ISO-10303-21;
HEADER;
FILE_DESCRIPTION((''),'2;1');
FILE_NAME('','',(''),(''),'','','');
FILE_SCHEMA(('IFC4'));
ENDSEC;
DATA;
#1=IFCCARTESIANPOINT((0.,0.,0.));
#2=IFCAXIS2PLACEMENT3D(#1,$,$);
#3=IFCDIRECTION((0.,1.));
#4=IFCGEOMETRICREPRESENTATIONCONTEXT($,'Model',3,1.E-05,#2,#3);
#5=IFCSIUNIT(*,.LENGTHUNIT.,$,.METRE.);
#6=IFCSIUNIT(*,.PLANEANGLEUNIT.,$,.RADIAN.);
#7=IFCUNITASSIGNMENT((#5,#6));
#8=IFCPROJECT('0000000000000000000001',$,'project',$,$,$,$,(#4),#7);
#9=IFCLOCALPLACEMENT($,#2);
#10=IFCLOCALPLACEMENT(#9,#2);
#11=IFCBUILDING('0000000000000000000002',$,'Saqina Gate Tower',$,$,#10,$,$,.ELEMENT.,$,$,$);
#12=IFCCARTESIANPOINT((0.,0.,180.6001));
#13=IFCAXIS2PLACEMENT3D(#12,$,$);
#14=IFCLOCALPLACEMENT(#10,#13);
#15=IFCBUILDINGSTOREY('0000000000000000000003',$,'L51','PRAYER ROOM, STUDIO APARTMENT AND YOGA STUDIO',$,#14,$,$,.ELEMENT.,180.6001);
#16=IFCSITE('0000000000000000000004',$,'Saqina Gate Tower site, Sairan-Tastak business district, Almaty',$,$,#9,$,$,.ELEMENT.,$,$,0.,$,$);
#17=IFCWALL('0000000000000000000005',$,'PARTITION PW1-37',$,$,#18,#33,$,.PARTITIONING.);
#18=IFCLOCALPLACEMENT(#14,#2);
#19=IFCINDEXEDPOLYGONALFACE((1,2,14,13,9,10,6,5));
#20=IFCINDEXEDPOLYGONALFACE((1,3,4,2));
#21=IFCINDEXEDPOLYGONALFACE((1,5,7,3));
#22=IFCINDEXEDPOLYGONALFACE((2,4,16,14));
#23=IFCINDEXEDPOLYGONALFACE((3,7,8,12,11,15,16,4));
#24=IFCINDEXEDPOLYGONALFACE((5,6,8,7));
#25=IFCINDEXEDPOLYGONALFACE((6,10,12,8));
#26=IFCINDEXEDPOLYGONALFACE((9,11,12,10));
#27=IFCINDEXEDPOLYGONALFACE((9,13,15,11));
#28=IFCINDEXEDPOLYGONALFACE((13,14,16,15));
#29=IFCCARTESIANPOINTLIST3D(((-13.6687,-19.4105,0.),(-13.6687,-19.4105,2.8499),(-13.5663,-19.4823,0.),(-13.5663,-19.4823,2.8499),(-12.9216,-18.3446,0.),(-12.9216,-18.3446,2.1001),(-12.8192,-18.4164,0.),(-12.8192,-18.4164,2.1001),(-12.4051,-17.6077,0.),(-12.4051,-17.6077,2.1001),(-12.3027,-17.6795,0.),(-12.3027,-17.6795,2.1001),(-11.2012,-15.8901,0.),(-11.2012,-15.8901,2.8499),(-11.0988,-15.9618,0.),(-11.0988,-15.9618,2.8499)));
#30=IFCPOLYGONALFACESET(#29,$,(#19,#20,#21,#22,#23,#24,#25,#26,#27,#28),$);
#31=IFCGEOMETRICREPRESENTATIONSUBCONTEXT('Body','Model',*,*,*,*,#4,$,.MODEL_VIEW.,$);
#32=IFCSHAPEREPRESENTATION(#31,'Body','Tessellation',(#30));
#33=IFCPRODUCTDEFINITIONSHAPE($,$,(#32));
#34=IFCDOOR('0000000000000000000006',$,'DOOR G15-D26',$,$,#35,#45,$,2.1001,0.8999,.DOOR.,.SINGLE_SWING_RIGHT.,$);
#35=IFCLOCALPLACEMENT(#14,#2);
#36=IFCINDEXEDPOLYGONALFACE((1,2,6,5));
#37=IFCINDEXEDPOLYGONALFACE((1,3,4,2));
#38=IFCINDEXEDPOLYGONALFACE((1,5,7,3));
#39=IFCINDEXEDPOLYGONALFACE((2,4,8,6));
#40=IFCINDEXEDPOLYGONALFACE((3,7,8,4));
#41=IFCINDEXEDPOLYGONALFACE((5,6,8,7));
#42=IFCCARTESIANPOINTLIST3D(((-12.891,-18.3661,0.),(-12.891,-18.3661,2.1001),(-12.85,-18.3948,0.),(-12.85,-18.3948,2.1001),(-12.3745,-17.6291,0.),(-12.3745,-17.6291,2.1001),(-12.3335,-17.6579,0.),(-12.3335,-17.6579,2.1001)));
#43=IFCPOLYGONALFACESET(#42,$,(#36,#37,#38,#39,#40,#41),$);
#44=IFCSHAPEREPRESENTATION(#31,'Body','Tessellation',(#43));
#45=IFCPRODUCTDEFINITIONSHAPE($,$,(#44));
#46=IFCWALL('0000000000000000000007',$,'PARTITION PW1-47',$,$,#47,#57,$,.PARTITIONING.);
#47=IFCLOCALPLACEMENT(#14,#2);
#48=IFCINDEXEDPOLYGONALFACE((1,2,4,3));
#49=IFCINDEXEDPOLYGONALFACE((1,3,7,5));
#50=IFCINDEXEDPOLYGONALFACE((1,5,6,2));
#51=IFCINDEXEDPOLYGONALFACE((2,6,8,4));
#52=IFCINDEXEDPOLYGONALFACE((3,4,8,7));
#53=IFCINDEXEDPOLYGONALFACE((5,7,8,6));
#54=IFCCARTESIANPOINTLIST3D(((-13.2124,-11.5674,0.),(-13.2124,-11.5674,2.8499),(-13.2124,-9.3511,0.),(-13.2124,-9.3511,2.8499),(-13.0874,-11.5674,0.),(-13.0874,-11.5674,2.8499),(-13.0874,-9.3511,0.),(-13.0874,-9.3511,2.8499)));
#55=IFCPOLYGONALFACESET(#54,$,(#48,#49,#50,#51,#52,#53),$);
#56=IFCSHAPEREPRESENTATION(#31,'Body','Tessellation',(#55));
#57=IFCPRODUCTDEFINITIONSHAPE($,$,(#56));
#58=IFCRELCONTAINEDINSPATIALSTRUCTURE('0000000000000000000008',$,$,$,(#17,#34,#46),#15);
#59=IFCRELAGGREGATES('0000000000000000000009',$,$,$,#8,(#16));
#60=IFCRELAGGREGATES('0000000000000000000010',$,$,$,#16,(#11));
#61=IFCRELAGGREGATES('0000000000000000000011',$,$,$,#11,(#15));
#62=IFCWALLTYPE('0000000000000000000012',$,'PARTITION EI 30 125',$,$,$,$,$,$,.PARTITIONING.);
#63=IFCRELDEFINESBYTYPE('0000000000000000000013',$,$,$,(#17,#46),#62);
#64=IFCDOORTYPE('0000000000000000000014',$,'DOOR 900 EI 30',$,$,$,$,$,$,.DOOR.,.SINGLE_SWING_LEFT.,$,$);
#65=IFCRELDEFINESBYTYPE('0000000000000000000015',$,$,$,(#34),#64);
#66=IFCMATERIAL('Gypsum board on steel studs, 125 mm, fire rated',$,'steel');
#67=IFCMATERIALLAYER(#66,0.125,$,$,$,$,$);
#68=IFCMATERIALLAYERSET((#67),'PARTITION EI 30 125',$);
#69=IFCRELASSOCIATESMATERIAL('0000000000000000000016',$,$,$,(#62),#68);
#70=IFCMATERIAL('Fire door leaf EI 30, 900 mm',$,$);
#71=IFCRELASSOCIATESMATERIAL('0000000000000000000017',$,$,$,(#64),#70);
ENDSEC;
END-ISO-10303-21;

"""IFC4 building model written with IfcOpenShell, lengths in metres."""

from ifc_helpers import new_model, si_unit, direction, frame, frame_2d, origin, place, context, subcontext, project, spatial, rectangle, extrude, material, layer, layer_set, type_object, element, fill, save


model = new_model("IFC4")

# Units and contexts
model_context = context("Model", 3, precision=1e-05, world=origin(), true_north=direction((0.0, 1.0)))
body_context = subcontext(model_context, "Body", "Model", "MODEL_VIEW")
ifc_project = project(units=[si_unit("LENGTHUNIT", "METRE"), si_unit("PLANEANGLEUNIT", "RADIAN")], contexts=[model_context])

# Site, building, storey
site_placement = place(None, origin())
site = spatial("IfcSite", under=ifc_project, at=site_placement, Name="Saqina Gate Tower site, Sairan-Tastak business district, Almaty", CompositionType="ELEMENT", RefElevation=0.0)
building_placement = place(site_placement, origin())
building = spatial("IfcBuilding", under=site, at=building_placement, Name="Saqina Gate Tower", CompositionType="ELEMENT")
storey_placement = place(building_placement, frame((0.0, 0.0, 180.6001)))
storey = spatial("IfcBuildingStorey", under=building, at=storey_placement, Name="L51", Description="PRAYER ROOM, STUDIO APARTMENT AND YOGA STUDIO", CompositionType="ELEMENT", Elevation=180.6001)

# Shared definitions
ifc_material_1 = material(Name="Gypsum board on steel studs, 125 mm, fire rated", Category="steel")
ifc_layer_1 = layer(ifc_material_1, 0.125)
ifc_layer_set_1 = layer_set([ifc_layer_1], Name="PARTITION EI 30 125")
wall_type_1 = type_object("IfcWallType", Name="PARTITION EI 30 125", PredefinedType="PARTITIONING", material=ifc_layer_set_1)

# Shared definitions
ifc_material_2 = material(Name="Fire door leaf EI 30, 900 mm")
door_type_1 = type_object("IfcDoorType", Name="DOOR 900 EI 30", OperationType="SINGLE_SWING_LEFT", PredefinedType="DOOR", material=ifc_material_2)

# Wall, opening, door
wall_1_placement = place(storey_placement, frame((-13.6174, -19.4463, 0.0), z_axis=(0.0, 0.0, 1.0), x_axis=(0.573958, 0.818885, 0.0)))
wall_1 = element("IfcWall", 1, at=wall_1_placement, inside=storey, type_object=wall_type_1, Name="PARTITION PW1-37", PredefinedType="PARTITIONING", context=body_context, shape_type="SweptSolid", body=[
    extrude(rectangle(XDim=4.2991, YDim=0.125, at=frame_2d((2.1494, 0.0))), origin(), (0.0, 0.0, 1.0), 2.8499),
])
opening_1_placement = place(wall_1_placement, frame((1.3015, 0.0, 0.0)))
opening_1 = element("IfcOpeningElement", 2, at=opening_1_placement, cuts=wall_1, PredefinedType="OPENING", context=body_context, shape_type="SweptSolid", body=[
    extrude(rectangle(XDim=0.8999, YDim=2.1001, at=frame_2d((0.45, 1.05))), frame((0.0, 0.0745, 0.0), z_axis=(0.0, -1.0, 0.0), x_axis=(1.0, 0.0, 0.0)), (0.0, 0.0, 1.0), 0.1489),
])
door_1_placement = place(opening_1_placement, frame((0.8999, 0.0, 0.0), z_axis=(0.0, 0.0, 1.0), x_axis=(-1.0, 0.0, 0.0)))
door_1 = element("IfcDoor", 3, at=door_1_placement, inside=storey, type_object=door_type_1, Name="DOOR G15-D26", OperationType="SINGLE_SWING_RIGHT", OverallHeight=2.1001, OverallWidth=0.8999, PredefinedType="DOOR", context=body_context, shape_type="SweptSolid", body=[
    extrude(rectangle(XDim=0.8999, YDim=2.1001, at=frame_2d((0.45, 1.05))), frame((0.0, 0.0249, 0.0), z_axis=(0.0, -1.0, 0.0), x_axis=(1.0, 0.0, 0.0)), (0.0, 0.0, 1.0), 0.05),
])
fill(opening_1, door_1)

# Wall
wall_2_placement = place(storey_placement, frame((-13.1499, -11.5674, 0.0), z_axis=(0.0, 0.0, 1.0), x_axis=(0.0, 1.0, 0.0)))
element("IfcWall", 4, at=wall_2_placement, inside=storey, type_object=wall_type_1, Name="PARTITION PW1-47", PredefinedType="PARTITIONING", context=body_context, shape_type="SweptSolid", body=[
    extrude(rectangle(XDim=2.2163, YDim=0.125, at=frame_2d((1.1082, 0.0))), origin(), (0.0, 0.0, 1.0), 2.8499),
])

save(model, "model.ifc")
